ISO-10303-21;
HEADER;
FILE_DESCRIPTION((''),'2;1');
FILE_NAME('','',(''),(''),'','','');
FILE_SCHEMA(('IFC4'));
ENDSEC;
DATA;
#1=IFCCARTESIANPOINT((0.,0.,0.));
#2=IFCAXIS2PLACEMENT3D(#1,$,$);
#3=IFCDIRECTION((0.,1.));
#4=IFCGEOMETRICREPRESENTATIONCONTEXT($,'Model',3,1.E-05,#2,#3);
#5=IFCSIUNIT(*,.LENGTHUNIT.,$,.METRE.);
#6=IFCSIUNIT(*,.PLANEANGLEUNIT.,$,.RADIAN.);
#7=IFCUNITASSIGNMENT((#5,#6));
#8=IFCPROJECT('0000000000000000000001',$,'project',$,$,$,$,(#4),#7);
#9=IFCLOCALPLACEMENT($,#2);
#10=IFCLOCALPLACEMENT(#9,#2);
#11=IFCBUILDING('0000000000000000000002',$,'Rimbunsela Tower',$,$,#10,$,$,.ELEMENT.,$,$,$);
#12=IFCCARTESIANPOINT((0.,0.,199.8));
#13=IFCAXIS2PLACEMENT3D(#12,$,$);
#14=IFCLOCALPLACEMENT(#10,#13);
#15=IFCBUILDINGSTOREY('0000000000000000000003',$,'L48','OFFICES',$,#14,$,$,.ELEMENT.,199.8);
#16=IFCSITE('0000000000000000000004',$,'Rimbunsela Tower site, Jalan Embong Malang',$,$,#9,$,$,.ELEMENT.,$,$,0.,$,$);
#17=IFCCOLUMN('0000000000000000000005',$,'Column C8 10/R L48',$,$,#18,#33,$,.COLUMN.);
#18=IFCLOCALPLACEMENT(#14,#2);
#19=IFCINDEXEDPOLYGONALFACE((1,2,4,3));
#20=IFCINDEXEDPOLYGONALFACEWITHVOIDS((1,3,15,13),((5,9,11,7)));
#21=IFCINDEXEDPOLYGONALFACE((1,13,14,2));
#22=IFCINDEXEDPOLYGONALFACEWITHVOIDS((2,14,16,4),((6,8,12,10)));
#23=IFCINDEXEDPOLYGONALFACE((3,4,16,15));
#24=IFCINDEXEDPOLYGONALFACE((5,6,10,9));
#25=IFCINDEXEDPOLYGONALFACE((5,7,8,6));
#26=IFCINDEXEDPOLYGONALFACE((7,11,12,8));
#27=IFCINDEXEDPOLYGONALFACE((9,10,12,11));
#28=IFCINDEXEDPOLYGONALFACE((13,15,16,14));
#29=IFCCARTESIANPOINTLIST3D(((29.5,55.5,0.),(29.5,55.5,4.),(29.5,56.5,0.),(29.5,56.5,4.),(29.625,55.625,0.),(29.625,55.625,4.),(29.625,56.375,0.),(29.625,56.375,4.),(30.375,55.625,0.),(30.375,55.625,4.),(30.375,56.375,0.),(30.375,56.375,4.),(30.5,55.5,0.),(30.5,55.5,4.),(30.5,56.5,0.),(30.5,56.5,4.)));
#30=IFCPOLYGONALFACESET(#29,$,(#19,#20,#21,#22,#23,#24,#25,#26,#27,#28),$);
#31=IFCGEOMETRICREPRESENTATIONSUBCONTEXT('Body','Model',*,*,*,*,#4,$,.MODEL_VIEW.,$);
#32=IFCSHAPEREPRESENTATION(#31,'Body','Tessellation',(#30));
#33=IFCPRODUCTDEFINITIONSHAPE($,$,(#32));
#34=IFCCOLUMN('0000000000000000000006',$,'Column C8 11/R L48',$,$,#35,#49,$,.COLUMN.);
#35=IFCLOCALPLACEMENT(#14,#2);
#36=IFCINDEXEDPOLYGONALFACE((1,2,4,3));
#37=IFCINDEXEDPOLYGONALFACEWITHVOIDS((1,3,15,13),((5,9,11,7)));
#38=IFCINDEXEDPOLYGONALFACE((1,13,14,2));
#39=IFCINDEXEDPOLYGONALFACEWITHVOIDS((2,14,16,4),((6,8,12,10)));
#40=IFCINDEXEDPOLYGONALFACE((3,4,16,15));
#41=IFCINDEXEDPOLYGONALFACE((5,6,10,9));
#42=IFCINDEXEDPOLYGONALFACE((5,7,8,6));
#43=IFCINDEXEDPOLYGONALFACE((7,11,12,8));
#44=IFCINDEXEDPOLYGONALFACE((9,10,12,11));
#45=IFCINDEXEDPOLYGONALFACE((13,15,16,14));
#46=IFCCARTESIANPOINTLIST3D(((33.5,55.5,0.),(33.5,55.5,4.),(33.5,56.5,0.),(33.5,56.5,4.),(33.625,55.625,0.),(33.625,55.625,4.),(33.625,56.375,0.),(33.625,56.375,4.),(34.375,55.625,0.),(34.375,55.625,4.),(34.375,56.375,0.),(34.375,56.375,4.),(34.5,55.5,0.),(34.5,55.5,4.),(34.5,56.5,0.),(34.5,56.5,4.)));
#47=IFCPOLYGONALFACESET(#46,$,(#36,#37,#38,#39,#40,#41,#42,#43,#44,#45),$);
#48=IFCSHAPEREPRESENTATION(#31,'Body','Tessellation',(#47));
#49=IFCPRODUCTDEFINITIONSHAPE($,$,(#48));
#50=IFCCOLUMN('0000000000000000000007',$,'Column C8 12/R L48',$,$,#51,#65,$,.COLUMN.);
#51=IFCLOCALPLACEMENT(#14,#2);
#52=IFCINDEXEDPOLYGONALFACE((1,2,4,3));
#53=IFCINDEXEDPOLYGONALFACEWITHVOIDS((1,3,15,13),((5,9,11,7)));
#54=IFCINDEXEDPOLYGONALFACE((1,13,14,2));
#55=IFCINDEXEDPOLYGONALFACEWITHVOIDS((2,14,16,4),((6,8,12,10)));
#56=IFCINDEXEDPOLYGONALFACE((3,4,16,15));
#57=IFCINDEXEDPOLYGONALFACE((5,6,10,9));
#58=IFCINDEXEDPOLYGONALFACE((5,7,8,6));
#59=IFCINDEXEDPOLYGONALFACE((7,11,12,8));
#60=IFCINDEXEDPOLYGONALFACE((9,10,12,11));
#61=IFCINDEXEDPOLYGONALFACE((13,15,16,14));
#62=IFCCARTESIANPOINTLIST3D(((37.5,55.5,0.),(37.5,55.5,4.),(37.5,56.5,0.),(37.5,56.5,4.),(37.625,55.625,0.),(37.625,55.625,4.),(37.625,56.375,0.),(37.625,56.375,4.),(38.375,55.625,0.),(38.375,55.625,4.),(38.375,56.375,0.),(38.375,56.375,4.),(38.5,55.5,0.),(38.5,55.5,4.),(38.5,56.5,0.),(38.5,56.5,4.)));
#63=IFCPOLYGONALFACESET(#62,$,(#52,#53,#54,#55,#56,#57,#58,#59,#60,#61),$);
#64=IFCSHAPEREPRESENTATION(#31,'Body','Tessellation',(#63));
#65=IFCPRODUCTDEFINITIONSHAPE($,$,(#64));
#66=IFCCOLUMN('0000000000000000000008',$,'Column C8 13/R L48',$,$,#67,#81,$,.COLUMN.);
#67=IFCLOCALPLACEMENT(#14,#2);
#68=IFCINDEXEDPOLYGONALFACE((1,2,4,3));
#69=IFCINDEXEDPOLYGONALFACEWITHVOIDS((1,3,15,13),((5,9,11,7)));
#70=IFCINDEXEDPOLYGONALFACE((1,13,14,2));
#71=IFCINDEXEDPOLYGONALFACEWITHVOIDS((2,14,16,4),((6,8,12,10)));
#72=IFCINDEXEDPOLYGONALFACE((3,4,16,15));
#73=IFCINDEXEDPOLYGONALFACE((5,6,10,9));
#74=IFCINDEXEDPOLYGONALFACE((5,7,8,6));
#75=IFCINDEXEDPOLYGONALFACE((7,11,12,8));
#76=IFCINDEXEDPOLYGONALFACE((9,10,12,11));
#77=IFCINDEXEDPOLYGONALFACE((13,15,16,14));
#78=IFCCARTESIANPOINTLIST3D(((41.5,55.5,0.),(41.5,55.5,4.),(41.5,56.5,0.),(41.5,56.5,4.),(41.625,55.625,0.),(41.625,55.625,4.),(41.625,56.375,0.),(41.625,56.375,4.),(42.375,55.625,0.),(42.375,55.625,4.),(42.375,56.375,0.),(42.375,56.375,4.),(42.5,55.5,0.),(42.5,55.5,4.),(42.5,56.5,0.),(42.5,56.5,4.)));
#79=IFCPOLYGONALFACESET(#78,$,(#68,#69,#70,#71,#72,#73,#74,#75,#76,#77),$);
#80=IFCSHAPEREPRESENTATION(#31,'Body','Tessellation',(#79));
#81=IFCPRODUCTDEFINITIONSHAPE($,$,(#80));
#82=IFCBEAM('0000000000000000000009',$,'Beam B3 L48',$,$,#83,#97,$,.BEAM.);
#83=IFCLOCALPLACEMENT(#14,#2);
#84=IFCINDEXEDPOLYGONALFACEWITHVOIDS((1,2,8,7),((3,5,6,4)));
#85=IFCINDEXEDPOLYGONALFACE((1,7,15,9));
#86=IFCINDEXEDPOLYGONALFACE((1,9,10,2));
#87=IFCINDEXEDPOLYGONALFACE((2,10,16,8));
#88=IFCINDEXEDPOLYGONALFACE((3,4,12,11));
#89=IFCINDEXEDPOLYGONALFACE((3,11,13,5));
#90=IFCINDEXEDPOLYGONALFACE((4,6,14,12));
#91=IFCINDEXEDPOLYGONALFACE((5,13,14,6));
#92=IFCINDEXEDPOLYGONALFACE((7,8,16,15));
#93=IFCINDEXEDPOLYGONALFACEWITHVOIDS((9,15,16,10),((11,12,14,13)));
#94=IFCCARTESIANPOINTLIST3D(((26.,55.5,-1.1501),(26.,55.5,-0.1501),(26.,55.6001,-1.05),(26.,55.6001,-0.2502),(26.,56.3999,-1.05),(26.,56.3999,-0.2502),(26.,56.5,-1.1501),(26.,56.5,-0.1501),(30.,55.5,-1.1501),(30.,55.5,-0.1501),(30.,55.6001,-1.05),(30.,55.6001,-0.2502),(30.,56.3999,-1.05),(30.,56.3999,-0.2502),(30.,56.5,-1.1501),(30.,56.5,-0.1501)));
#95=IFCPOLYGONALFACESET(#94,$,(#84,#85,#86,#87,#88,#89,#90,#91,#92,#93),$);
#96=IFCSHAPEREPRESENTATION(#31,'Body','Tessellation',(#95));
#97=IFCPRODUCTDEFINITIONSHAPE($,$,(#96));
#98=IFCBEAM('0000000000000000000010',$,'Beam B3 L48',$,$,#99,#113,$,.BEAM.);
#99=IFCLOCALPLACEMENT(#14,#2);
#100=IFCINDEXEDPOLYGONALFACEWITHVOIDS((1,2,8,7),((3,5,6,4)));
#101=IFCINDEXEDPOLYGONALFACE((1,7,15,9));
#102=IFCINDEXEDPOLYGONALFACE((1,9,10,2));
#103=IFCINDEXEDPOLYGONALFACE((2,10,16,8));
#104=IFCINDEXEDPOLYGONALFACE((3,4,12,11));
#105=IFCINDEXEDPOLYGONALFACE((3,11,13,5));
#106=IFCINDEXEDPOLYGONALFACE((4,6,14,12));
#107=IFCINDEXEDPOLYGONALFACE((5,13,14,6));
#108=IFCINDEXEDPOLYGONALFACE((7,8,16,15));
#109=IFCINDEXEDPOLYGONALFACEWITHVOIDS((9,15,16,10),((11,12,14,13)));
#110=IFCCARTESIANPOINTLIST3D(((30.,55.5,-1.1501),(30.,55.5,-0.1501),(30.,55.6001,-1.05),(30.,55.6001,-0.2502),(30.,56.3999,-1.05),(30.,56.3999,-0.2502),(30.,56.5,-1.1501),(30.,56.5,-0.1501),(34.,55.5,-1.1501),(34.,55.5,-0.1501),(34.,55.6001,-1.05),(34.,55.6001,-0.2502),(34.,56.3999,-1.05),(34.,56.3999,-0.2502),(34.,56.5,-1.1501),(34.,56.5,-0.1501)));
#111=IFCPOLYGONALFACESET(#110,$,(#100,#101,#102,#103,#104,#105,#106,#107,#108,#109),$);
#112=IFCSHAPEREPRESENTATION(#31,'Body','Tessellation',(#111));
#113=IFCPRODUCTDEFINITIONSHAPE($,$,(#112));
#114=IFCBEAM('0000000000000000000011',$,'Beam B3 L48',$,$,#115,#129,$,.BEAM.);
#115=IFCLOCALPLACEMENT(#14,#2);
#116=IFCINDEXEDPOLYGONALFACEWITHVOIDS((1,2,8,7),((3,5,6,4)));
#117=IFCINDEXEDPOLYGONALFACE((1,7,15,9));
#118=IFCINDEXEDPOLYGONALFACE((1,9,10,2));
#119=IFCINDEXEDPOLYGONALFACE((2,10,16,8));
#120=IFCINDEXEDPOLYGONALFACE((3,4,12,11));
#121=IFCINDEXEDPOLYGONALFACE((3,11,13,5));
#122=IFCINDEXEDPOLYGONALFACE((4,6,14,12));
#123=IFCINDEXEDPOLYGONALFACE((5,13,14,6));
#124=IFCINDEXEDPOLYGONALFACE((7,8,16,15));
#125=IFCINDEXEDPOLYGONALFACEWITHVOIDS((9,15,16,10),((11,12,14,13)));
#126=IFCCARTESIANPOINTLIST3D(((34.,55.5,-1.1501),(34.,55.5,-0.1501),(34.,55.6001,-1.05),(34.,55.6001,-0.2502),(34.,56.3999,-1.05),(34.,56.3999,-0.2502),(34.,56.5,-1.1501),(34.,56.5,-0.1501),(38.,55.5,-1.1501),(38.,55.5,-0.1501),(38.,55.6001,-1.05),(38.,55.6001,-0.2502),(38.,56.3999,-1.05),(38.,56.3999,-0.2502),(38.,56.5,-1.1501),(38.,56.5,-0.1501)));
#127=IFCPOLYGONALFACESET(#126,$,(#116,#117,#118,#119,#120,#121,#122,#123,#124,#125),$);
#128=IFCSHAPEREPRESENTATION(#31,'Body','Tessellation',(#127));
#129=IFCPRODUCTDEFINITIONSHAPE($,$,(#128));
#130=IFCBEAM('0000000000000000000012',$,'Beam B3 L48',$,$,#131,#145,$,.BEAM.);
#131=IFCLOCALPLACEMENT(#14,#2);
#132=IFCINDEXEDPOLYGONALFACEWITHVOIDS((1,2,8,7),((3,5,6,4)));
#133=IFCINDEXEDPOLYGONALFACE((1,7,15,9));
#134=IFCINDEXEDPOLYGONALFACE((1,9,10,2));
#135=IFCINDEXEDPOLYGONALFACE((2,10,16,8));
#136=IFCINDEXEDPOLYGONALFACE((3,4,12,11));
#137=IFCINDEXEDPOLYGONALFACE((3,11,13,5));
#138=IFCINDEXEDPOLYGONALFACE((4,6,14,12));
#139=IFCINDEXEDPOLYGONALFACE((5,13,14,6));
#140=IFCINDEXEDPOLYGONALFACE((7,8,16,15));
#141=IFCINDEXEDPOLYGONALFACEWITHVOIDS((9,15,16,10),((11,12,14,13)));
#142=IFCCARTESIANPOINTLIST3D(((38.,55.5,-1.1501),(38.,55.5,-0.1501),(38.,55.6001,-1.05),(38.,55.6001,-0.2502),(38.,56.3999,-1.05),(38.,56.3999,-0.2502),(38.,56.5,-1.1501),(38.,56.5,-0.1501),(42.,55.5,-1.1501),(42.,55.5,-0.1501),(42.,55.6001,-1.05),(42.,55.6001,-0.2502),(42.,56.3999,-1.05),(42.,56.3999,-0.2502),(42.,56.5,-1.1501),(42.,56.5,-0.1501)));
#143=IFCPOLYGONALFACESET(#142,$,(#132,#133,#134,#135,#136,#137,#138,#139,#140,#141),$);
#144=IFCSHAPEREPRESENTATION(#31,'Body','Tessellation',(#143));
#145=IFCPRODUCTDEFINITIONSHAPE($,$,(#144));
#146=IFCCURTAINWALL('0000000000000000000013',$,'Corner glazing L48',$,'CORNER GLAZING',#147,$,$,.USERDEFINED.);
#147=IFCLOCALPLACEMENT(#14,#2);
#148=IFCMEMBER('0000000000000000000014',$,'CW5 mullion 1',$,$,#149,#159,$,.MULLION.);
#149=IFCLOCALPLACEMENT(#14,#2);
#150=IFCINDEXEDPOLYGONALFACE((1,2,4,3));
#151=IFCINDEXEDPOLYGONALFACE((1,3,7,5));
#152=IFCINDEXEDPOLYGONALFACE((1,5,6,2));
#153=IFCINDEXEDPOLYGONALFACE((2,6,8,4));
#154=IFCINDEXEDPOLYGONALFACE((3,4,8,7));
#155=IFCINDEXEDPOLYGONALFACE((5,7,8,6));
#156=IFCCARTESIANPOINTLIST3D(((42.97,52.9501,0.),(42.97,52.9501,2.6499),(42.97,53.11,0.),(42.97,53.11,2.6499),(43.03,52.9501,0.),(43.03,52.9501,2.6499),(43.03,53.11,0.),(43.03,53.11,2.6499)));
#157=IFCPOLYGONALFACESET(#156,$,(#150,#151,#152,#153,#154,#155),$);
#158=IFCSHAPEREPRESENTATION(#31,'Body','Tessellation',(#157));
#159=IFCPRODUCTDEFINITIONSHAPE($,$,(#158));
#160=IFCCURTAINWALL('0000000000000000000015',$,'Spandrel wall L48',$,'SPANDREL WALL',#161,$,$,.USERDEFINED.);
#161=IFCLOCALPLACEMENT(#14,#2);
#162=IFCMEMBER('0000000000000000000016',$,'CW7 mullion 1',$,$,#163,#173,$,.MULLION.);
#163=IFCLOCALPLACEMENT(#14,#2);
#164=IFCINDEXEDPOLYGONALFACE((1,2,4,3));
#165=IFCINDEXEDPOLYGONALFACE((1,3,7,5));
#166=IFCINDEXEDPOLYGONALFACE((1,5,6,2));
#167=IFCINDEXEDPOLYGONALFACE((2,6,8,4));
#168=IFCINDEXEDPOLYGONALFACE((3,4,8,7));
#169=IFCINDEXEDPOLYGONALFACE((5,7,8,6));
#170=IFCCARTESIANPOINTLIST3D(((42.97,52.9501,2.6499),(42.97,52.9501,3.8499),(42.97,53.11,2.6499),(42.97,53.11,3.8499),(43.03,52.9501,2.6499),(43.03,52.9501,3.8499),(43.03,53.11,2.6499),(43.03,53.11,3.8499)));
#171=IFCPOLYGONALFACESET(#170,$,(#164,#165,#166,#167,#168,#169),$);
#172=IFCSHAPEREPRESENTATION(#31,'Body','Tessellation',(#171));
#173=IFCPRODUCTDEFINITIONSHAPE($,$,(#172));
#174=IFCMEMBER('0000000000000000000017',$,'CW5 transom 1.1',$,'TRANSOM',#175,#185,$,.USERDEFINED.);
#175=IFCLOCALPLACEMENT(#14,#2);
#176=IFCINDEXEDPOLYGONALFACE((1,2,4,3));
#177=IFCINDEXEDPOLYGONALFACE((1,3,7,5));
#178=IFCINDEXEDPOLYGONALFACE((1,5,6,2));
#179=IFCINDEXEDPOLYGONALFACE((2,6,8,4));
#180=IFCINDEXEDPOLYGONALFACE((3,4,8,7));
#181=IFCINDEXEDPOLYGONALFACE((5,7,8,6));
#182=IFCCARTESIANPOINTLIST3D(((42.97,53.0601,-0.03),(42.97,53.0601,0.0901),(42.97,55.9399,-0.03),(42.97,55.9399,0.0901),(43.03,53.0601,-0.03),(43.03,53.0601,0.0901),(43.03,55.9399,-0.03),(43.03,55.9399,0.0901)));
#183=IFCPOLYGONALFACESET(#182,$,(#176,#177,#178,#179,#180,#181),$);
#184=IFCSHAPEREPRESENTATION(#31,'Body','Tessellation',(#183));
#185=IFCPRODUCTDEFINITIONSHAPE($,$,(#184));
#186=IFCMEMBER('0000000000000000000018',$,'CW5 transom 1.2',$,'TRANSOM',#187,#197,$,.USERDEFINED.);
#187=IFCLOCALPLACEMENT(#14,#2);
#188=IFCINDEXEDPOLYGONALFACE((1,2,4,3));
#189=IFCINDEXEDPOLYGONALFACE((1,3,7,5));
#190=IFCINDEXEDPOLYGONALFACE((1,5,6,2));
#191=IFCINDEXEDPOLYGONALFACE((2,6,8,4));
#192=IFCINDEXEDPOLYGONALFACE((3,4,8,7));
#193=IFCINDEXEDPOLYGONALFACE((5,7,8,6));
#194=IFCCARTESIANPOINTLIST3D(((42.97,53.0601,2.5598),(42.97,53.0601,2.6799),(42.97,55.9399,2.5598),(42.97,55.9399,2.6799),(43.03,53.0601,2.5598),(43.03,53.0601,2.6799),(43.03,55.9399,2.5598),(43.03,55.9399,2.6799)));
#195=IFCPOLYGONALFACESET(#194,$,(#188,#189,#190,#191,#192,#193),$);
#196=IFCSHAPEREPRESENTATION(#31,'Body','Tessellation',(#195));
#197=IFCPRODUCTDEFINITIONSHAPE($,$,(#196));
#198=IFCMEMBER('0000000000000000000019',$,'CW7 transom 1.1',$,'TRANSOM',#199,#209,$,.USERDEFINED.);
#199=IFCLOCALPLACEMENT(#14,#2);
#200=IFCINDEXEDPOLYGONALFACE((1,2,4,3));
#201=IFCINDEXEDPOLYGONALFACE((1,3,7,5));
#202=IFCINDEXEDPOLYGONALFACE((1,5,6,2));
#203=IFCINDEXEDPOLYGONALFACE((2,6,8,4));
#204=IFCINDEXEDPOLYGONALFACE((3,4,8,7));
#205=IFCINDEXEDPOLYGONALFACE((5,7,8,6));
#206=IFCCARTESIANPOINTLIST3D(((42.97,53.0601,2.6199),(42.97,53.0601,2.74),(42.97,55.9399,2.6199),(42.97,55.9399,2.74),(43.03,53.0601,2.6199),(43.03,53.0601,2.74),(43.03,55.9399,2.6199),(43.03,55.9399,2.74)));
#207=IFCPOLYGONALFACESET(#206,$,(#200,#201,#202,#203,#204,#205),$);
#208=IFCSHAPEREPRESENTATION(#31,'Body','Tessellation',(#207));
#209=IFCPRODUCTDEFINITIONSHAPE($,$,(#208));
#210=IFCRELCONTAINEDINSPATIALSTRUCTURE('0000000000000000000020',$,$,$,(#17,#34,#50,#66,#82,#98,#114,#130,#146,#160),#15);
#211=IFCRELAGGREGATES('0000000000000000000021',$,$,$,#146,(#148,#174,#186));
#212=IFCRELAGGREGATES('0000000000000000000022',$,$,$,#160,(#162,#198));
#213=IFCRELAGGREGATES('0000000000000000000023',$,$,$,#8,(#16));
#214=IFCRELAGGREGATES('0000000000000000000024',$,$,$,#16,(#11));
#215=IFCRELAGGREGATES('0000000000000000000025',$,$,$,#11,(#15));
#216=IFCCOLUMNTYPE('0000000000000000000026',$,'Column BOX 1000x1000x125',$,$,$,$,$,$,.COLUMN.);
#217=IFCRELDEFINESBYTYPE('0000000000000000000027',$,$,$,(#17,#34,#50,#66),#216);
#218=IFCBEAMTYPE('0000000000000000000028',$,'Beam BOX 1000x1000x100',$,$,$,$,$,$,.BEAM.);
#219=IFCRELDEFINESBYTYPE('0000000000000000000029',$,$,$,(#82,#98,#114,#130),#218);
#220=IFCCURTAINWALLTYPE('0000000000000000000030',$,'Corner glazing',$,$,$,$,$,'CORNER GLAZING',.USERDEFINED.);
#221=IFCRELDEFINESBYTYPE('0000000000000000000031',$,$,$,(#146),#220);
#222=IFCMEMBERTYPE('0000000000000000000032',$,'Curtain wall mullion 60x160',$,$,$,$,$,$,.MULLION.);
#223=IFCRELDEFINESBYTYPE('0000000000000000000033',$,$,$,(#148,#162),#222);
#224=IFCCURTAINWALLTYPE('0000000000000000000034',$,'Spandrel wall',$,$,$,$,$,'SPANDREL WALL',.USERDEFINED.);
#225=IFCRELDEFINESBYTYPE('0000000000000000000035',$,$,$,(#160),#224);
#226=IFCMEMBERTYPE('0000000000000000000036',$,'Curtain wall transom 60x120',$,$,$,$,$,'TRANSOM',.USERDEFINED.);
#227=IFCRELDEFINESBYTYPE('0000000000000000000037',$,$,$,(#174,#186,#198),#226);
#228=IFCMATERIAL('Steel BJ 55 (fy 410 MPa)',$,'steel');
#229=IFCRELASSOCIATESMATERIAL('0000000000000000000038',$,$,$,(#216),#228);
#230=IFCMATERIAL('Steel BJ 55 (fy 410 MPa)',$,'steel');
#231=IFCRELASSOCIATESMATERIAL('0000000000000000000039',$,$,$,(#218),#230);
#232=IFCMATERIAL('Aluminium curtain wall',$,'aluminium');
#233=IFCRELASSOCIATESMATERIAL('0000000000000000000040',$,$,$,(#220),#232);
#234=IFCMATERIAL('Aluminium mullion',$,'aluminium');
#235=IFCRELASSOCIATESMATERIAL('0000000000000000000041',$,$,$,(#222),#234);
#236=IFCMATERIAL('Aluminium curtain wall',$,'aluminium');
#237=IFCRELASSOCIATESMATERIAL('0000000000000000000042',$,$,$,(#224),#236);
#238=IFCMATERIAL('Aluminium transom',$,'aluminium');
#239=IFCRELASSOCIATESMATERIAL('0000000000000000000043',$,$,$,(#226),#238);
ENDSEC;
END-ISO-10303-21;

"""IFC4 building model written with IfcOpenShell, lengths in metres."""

from ifc_helpers import new_model, si_unit, direction, frame, origin, origin_2d, place, context, subcontext, project, spatial, rectangle, hollow_rectangle, extrude, material, material_profile, profile_set, type_object, element, aggregate, save


model = new_model("IFC4")

# Units and contexts
model_context = context("Model", 3, precision=1e-05, world=origin(), true_north=direction((0.0, 1.0)))
body_context = subcontext(model_context, "Body", "Model", "MODEL_VIEW")
ifc_project = project(units=[si_unit("LENGTHUNIT", "METRE"), si_unit("PLANEANGLEUNIT", "RADIAN")], contexts=[model_context])

# Site, building, storey
site_placement = place(None, origin())
site = spatial("IfcSite", under=ifc_project, at=site_placement, Name="Rimbunsela Tower site, Jalan Embong Malang", CompositionType="ELEMENT", RefElevation=0.0)
building_placement = place(site_placement, origin())
building = spatial("IfcBuilding", under=site, at=building_placement, Name="Rimbunsela Tower", CompositionType="ELEMENT")
storey_placement = place(building_placement, frame((0.0, 0.0, 199.8)))
storey = spatial("IfcBuildingStorey", under=building, at=storey_placement, Name="L48", Description="OFFICES", CompositionType="ELEMENT", Elevation=199.8)

# Columns
ifc_material_1 = material(Name="Steel BJ 55 (fy 410 MPa)", Category="steel")
ifc_material_profile_1 = material_profile(ifc_material_1, hollow_rectangle(XDim=1.0, YDim=1.0, WallThickness=0.125, at=origin_2d()), Name="BOX 1000x1000x125")
ifc_profile_set_1 = profile_set([ifc_material_profile_1], Name="Steel BJ 55 (fy 410 MPa)")
column_type = type_object("IfcColumnType", Name="Column BOX 1000x1000x125", PredefinedType="COLUMN", material=ifc_profile_set_1)
for number, where, z_axis, x_axis, name in (
    (1, (30.0, 56.0, 0.0), (0.0, 0.0, 1.0), (1.0, 0.0, 0.0), "Column C8 10/R L48"),
    (2, (34.0, 56.0, 0.0), (0.0, 0.0, 1.0), (1.0, 0.0, 0.0), "Column C8 11/R L48"),
    (3, (38.0, 56.0, 0.0), (0.0, 0.0, 1.0), (1.0, 0.0, 0.0), "Column C8 12/R L48"),
    (4, (42.0, 56.0, 0.0), (0.0, 0.0, 1.0), (1.0, 0.0, 0.0), "Column C8 13/R L48"),
):
    element("IfcColumn", number, at=place(storey_placement, frame(where, z_axis=z_axis, x_axis=x_axis)), inside=storey, type_object=column_type, Name=name, PredefinedType="COLUMN", context=body_context, shape_type="SweptSolid", body=[
        extrude(hollow_rectangle(XDim=1.0, YDim=1.0, WallThickness=0.125, at=origin_2d()), origin(), (0.0, 0.0, 1.0), 4.0),
    ])

# Beams
ifc_material_2 = material(Name="Steel BJ 55 (fy 410 MPa)", Category="steel")
ifc_material_profile_2 = material_profile(ifc_material_2, hollow_rectangle(XDim=1.0, YDim=1.0, WallThickness=0.1001, at=origin_2d()), Name="BOX 1000x1000x100")
ifc_profile_set_2 = profile_set([ifc_material_profile_2], Name="Steel BJ 55 (fy 410 MPa)")
beam_type = type_object("IfcBeamType", Name="Beam BOX 1000x1000x100", PredefinedType="BEAM", material=ifc_profile_set_2)
for number, where, z_axis, x_axis, name in (
    (5, (26.0, 56.0, -0.6501), (1.0, 0.0, 0.0), (0.0, 1.0, 0.0), "Beam B3 L48"),
    (6, (30.0, 56.0, -0.6501), (1.0, 0.0, 0.0), (0.0, 1.0, 0.0), "Beam B3 L48"),
    (7, (34.0, 56.0, -0.6501), (1.0, 0.0, 0.0), (0.0, 1.0, 0.0), "Beam B3 L48"),
    (8, (38.0, 56.0, -0.6501), (1.0, 0.0, 0.0), (0.0, 1.0, 0.0), "Beam B3 L48"),
):
    element("IfcBeam", number, at=place(storey_placement, frame(where, z_axis=z_axis, x_axis=x_axis)), inside=storey, type_object=beam_type, Name=name, PredefinedType="BEAM", context=body_context, shape_type="SweptSolid", body=[
        extrude(hollow_rectangle(XDim=1.0, YDim=1.0, WallThickness=0.1001, at=origin_2d()), origin(), (0.0, 0.0, 1.0), 4.0),
    ])

# Curtain walls, members
ifc_material_3 = material(Name="Aluminium curtain wall", Category="aluminium")
curtain_wall_type_1 = type_object("IfcCurtainWallType", Name="Corner glazing", ElementType="CORNER GLAZING", PredefinedType="USERDEFINED", material=ifc_material_3)
curtain_wall_1_placement = place(storey_placement, origin())
curtain_wall_1 = element("IfcCurtainWall", 9, at=curtain_wall_1_placement, inside=storey, type_object=curtain_wall_type_1, Name="Corner glazing L48", ObjectType="CORNER GLAZING", PredefinedType="USERDEFINED")
ifc_material_4 = material(Name="Aluminium mullion", Category="aluminium")
ifc_material_profile_3 = material_profile(ifc_material_4, rectangle(XDim=0.0601, YDim=0.1599, at=origin_2d()), Name="Mullion 60x160")
ifc_profile_set_3 = profile_set([ifc_material_profile_3], Name="Aluminium mullion")
member_type_1 = type_object("IfcMemberType", Name="Curtain wall mullion 60x160", PredefinedType="MULLION", material=ifc_profile_set_3)
member_1_placement = place(storey_placement, frame((43.0, 53.03, 0.0), z_axis=(0.0, 0.0, 1.0), x_axis=(-1.0, 0.0, 0.0)))
member_1 = element("IfcMember", 10, at=member_1_placement, type_object=member_type_1, Name="CW5 mullion 1", PredefinedType="MULLION", context=body_context, shape_type="SweptSolid", body=[
    extrude(rectangle(XDim=0.0601, YDim=0.1599, at=origin_2d()), origin(), (0.0, 0.0, 1.0), 2.6499),
])
ifc_material_5 = material(Name="Aluminium curtain wall", Category="aluminium")
curtain_wall_type_2 = type_object("IfcCurtainWallType", Name="Spandrel wall", ElementType="SPANDREL WALL", PredefinedType="USERDEFINED", material=ifc_material_5)
curtain_wall_2_placement = place(storey_placement, origin())
curtain_wall_2 = element("IfcCurtainWall", 11, at=curtain_wall_2_placement, inside=storey, type_object=curtain_wall_type_2, Name="Spandrel wall L48", ObjectType="SPANDREL WALL", PredefinedType="USERDEFINED")
member_2_placement = place(storey_placement, frame((43.0, 53.03, 2.6499), z_axis=(0.0, 0.0, 1.0), x_axis=(-1.0, 0.0, 0.0)))
member_2 = element("IfcMember", 12, at=member_2_placement, type_object=member_type_1, Name="CW7 mullion 1", PredefinedType="MULLION", context=body_context, shape_type="SweptSolid", body=[
    extrude(rectangle(XDim=0.0601, YDim=0.1599, at=origin_2d()), origin(), (0.0, 0.0, 1.0), 1.2),
])

# Members
ifc_material_6 = material(Name="Aluminium transom", Category="aluminium")
ifc_material_profile_4 = material_profile(ifc_material_6, rectangle(XDim=0.0601, YDim=0.1201, at=origin_2d()), Name="Transom 60x120")
ifc_profile_set_4 = profile_set([ifc_material_profile_4], Name="Aluminium transom")
member_type_2 = type_object("IfcMemberType", Name="Curtain wall transom 60x120", ElementType="TRANSOM", PredefinedType="USERDEFINED", material=ifc_profile_set_4)
member_3_placement = place(storey_placement, frame((43.0, 53.0601, 0.03), z_axis=(0.0, 1.0, 0.0), x_axis=(-1.0, 0.0, 0.0)))
member_3 = element("IfcMember", 13, at=member_3_placement, type_object=member_type_2, Name="CW5 transom 1.1", ObjectType="TRANSOM", PredefinedType="USERDEFINED", context=body_context, shape_type="SweptSolid", body=[
    extrude(rectangle(XDim=0.0601, YDim=0.1201, at=origin_2d()), origin(), (0.0, 0.0, 1.0), 2.8799),
])
member_4_placement = place(storey_placement, frame((43.0, 53.0601, 2.6199), z_axis=(0.0, 1.0, 0.0), x_axis=(-1.0, 0.0, 0.0)))
member_4 = element("IfcMember", 14, at=member_4_placement, type_object=member_type_2, Name="CW5 transom 1.2", ObjectType="TRANSOM", PredefinedType="USERDEFINED", context=body_context, shape_type="SweptSolid", body=[
    extrude(rectangle(XDim=0.0601, YDim=0.1201, at=origin_2d()), origin(), (0.0, 0.0, 1.0), 2.8799),
])
aggregate(curtain_wall_1, [member_1, member_3, member_4])
member_5_placement = place(storey_placement, frame((43.0, 53.0601, 2.6799), z_axis=(0.0, 1.0, 0.0), x_axis=(-1.0, 0.0, 0.0)))
member_5 = element("IfcMember", 15, at=member_5_placement, type_object=member_type_2, Name="CW7 transom 1.1", ObjectType="TRANSOM", PredefinedType="USERDEFINED", context=body_context, shape_type="SweptSolid", body=[
    extrude(rectangle(XDim=0.0601, YDim=0.1201, at=origin_2d()), origin(), (0.0, 0.0, 1.0), 2.8799),
])
aggregate(curtain_wall_2, [member_2, member_5])

save(model, "model.ifc")
